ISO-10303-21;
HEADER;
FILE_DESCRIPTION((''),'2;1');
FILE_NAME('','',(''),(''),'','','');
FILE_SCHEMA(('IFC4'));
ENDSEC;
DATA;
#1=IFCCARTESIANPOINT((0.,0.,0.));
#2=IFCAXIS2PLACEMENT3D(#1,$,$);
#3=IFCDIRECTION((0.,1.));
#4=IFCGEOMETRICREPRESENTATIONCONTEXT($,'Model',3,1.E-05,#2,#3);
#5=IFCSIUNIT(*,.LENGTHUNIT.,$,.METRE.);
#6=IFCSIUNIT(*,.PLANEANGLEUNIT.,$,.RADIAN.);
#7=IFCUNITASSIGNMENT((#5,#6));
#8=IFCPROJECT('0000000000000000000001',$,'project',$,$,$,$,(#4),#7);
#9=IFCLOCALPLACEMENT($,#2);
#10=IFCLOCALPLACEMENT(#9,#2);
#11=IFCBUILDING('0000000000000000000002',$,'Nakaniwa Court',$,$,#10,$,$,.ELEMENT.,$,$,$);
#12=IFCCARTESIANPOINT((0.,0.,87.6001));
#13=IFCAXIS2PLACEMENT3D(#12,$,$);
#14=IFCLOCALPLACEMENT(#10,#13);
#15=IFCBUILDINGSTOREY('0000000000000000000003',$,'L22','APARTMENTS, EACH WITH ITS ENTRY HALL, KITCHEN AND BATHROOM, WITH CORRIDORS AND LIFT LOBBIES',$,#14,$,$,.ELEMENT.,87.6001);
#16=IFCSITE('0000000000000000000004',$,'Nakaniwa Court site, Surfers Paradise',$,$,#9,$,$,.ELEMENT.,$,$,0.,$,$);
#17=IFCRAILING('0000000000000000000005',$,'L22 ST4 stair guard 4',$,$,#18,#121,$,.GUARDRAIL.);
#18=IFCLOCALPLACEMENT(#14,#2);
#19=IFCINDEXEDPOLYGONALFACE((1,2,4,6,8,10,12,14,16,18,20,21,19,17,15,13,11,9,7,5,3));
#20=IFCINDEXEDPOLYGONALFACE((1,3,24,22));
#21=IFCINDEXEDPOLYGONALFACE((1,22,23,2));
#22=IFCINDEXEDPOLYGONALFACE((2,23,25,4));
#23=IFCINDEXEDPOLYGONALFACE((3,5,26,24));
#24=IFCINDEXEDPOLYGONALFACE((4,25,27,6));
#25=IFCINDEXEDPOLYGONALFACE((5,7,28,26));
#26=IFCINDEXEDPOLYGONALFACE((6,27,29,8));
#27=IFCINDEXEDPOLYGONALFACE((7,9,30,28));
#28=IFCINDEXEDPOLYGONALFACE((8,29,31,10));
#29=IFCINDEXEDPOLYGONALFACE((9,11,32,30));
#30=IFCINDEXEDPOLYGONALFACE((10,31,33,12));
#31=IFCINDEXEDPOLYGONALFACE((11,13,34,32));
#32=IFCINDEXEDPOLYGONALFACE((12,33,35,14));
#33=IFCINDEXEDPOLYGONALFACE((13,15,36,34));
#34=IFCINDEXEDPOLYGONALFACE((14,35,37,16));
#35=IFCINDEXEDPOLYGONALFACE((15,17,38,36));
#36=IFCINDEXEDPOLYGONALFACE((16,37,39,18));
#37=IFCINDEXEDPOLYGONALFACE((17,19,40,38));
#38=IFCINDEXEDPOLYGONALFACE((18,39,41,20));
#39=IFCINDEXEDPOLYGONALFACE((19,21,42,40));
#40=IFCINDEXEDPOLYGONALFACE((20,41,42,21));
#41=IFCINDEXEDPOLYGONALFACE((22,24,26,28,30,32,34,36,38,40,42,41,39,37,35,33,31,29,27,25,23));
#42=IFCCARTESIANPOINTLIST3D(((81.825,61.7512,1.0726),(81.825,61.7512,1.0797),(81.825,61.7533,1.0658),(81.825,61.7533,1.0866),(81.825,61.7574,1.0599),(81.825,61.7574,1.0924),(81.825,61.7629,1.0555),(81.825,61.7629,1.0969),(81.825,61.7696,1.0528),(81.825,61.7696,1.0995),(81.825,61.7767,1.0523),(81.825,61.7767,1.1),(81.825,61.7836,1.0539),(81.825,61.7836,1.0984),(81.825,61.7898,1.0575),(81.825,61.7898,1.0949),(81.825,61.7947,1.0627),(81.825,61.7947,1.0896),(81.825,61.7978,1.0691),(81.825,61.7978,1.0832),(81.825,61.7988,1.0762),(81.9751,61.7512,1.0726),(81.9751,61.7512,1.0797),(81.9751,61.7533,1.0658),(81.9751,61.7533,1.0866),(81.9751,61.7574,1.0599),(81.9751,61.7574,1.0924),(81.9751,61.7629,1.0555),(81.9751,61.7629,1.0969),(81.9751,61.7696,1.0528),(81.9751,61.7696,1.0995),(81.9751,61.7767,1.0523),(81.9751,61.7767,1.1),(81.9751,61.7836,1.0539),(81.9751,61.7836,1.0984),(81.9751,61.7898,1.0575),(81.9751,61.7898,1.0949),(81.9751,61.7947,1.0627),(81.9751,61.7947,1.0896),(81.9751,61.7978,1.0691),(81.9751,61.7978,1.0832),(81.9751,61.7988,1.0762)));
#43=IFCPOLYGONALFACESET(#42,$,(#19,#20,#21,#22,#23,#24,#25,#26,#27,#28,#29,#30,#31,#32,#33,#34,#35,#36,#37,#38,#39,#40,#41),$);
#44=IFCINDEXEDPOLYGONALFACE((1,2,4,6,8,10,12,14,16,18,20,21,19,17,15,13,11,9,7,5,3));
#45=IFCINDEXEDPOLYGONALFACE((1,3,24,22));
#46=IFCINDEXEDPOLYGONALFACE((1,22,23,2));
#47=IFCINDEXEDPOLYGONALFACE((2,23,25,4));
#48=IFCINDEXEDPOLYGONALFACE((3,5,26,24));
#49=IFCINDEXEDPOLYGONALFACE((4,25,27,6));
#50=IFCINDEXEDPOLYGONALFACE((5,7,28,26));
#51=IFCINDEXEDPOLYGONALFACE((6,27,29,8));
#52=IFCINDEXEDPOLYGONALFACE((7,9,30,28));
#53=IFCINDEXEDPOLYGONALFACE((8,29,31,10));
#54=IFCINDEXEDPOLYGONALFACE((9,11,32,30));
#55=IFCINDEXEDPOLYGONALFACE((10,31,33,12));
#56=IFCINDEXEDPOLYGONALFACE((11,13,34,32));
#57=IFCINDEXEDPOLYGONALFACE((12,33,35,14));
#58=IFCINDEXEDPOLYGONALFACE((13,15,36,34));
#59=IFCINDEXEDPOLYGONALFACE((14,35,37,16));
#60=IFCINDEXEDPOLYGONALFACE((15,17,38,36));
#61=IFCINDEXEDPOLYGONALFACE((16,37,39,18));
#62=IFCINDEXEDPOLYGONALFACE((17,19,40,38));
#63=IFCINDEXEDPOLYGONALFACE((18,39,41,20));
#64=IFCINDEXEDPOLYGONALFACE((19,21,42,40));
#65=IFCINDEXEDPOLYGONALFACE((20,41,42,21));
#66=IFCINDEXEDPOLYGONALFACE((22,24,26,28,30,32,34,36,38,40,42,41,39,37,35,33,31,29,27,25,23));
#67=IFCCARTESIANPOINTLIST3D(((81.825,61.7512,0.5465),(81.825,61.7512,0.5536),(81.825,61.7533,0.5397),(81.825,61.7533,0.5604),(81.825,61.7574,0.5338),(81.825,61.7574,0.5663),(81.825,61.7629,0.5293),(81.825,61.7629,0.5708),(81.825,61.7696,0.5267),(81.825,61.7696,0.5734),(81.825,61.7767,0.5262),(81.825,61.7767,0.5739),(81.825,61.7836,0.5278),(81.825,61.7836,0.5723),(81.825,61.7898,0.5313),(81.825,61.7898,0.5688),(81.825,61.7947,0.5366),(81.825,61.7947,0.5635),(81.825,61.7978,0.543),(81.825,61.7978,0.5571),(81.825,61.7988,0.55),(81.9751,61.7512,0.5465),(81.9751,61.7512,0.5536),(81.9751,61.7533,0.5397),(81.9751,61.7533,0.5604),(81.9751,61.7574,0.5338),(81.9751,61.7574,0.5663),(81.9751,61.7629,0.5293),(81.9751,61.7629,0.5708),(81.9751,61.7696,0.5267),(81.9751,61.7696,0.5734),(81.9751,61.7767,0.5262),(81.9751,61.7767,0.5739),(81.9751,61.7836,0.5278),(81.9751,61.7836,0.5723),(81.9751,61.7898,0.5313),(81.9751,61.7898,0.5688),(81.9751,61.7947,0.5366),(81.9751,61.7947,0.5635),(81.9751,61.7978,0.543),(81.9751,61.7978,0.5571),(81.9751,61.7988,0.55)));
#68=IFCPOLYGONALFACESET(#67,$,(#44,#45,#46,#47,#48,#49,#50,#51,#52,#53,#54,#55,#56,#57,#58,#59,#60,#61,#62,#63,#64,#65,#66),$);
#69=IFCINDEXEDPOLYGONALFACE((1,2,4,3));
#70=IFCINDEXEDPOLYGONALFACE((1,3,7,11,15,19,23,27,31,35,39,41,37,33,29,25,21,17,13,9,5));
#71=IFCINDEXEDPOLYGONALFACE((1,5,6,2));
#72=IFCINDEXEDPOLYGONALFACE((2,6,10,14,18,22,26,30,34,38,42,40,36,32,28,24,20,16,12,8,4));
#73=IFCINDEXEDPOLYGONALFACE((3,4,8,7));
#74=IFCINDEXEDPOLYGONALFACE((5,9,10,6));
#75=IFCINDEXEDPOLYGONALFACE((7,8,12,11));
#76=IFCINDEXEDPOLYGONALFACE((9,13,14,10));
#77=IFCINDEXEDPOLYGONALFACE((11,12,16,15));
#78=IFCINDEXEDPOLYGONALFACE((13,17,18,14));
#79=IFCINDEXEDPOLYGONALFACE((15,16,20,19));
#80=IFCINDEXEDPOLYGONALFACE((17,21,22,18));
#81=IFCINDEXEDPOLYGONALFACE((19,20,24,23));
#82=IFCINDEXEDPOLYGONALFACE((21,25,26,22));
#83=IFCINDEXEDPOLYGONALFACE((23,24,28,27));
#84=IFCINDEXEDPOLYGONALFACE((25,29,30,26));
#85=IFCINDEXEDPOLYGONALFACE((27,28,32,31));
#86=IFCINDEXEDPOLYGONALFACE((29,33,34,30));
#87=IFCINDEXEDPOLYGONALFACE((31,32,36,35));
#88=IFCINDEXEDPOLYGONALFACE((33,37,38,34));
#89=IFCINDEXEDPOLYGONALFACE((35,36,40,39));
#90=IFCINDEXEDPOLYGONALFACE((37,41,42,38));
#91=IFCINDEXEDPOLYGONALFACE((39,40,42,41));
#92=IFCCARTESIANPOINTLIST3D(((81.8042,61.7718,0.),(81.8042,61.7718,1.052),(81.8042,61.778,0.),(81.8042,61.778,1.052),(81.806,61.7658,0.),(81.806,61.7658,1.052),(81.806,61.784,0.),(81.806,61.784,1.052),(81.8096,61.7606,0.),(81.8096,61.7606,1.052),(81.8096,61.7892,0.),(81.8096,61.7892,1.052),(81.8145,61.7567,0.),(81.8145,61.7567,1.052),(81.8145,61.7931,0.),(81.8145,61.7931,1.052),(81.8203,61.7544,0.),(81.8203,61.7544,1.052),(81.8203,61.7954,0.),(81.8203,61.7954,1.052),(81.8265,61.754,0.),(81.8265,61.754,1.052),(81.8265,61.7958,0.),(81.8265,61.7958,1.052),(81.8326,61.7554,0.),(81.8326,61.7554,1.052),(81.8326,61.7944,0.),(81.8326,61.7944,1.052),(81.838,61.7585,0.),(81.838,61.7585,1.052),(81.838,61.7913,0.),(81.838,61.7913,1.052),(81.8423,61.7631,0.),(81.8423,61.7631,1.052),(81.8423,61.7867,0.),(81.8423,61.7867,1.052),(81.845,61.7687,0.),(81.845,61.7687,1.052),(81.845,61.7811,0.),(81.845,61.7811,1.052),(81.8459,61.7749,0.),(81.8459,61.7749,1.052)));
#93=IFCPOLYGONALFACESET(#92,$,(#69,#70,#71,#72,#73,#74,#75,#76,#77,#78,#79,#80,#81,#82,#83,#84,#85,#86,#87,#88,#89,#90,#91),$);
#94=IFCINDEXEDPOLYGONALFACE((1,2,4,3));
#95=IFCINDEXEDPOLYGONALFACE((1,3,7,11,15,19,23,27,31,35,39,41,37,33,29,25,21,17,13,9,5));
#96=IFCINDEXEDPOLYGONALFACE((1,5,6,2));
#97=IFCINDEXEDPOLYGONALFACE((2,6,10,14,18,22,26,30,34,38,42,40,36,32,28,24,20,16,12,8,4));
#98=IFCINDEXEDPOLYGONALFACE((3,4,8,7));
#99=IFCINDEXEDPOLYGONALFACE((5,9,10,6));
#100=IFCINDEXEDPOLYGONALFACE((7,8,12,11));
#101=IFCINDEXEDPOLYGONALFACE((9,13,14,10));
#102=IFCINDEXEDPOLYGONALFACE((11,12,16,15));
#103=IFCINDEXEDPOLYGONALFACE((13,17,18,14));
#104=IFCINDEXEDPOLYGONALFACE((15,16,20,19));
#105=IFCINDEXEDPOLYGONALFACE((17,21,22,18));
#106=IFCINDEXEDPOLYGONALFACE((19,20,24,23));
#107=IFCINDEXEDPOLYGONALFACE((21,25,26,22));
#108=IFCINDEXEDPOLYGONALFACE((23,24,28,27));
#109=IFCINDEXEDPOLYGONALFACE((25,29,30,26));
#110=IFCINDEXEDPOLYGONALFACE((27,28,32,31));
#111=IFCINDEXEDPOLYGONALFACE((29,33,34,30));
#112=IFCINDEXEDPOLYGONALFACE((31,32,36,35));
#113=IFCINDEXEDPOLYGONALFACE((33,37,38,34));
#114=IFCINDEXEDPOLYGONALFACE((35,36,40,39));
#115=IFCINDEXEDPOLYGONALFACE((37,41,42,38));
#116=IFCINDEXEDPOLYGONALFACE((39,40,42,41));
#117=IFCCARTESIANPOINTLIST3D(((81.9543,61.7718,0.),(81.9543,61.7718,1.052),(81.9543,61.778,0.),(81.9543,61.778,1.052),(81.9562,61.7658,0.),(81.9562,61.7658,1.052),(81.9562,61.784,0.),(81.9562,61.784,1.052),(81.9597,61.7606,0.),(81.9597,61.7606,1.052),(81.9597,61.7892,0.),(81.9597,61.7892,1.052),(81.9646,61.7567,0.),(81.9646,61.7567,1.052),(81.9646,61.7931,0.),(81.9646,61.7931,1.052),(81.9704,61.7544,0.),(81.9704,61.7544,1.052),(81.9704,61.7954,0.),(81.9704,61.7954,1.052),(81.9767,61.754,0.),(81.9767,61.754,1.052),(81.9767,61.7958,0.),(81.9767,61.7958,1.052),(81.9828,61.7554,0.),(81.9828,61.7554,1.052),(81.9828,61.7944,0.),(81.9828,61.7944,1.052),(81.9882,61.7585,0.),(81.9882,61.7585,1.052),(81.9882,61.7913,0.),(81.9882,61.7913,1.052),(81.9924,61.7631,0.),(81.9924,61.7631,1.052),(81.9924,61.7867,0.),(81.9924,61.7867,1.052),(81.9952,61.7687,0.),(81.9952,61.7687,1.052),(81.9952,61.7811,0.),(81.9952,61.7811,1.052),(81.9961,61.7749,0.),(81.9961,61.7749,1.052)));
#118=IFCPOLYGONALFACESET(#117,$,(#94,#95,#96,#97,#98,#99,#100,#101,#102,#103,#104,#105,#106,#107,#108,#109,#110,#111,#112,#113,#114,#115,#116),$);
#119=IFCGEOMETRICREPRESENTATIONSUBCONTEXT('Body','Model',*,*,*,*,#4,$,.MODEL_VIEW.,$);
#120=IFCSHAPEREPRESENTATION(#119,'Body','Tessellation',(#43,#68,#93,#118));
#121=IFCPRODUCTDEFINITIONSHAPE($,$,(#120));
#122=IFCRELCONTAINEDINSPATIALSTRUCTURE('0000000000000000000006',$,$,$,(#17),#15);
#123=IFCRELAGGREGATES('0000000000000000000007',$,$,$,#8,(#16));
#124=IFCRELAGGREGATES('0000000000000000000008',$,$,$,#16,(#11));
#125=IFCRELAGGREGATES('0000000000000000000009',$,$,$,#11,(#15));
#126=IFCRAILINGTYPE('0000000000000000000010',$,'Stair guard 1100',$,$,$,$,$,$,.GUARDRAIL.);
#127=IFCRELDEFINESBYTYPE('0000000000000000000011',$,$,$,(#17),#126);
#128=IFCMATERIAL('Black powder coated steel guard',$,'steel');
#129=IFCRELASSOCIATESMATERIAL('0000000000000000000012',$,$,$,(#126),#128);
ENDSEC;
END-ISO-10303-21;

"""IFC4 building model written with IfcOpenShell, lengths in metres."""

from ifc_helpers import new_model, si_unit, direction, frame, origin, origin_2d, place, context, subcontext, project, spatial, circle, extrude, material, type_object, element, save


model = new_model("IFC4")

# Units and contexts
model_context = context("Model", 3, precision=1e-05, world=origin(), true_north=direction((0.0, 1.0)))
body_context = subcontext(model_context, "Body", "Model", "MODEL_VIEW")
ifc_project = project(units=[si_unit("LENGTHUNIT", "METRE"), si_unit("PLANEANGLEUNIT", "RADIAN")], contexts=[model_context])

# Site, building, storey
site_placement = place(None, origin())
site = spatial("IfcSite", under=ifc_project, at=site_placement, Name="Nakaniwa Court site, Surfers Paradise", CompositionType="ELEMENT", RefElevation=0.0)
building_placement = place(site_placement, origin())
building = spatial("IfcBuilding", under=site, at=building_placement, Name="Nakaniwa Court", CompositionType="ELEMENT")
storey_placement = place(building_placement, frame((0.0, 0.0, 87.6001)))
storey = spatial("IfcBuildingStorey", under=building, at=storey_placement, Name="L22", Description="APARTMENTS, EACH WITH ITS ENTRY HALL, KITCHEN AND BATHROOM, WITH CORRIDORS AND LIFT LOBBIES", CompositionType="ELEMENT", Elevation=87.6001)

# Railing
ifc_material_1 = material(Name="Black powder coated steel guard", Category="steel")
railing_type_1 = type_object("IfcRailingType", Name="Stair guard 1100", PredefinedType="GUARDRAIL", material=ifc_material_1)
railing_1_placement = place(storey_placement, frame((81.825, 61.7749, 0.0)))
element("IfcRailing", 1, at=railing_1_placement, inside=storey, type_object=railing_type_1, Name="L22 ST4 stair guard 4", PredefinedType="GUARDRAIL", context=body_context, shape_type="SweptSolid", body=[
    extrude(circle(Radius=0.0239, at=origin_2d()), frame((0.0, 0.0, 1.0762), z_axis=(1.0, 0.0, 0.0), x_axis=(0.0, 1.0, 0.0)), (0.0, 0.0, 1.0), 0.1501),
    extrude(circle(Radius=0.0239, at=origin_2d()), frame((0.0, 0.0, 0.55), z_axis=(1.0, 0.0, 0.0), x_axis=(0.0, 1.0, 0.0)), (0.0, 0.0, 1.0), 0.1501),
    extrude(circle(Radius=0.021, at=origin_2d()), origin(), (0.0, 0.0, 1.0), 1.052),
    extrude(circle(Radius=0.021, at=origin_2d()), frame((0.1501, 0.0, 0.0)), (0.0, 0.0, 1.0), 1.052),
])

save(model, "model.ifc")
